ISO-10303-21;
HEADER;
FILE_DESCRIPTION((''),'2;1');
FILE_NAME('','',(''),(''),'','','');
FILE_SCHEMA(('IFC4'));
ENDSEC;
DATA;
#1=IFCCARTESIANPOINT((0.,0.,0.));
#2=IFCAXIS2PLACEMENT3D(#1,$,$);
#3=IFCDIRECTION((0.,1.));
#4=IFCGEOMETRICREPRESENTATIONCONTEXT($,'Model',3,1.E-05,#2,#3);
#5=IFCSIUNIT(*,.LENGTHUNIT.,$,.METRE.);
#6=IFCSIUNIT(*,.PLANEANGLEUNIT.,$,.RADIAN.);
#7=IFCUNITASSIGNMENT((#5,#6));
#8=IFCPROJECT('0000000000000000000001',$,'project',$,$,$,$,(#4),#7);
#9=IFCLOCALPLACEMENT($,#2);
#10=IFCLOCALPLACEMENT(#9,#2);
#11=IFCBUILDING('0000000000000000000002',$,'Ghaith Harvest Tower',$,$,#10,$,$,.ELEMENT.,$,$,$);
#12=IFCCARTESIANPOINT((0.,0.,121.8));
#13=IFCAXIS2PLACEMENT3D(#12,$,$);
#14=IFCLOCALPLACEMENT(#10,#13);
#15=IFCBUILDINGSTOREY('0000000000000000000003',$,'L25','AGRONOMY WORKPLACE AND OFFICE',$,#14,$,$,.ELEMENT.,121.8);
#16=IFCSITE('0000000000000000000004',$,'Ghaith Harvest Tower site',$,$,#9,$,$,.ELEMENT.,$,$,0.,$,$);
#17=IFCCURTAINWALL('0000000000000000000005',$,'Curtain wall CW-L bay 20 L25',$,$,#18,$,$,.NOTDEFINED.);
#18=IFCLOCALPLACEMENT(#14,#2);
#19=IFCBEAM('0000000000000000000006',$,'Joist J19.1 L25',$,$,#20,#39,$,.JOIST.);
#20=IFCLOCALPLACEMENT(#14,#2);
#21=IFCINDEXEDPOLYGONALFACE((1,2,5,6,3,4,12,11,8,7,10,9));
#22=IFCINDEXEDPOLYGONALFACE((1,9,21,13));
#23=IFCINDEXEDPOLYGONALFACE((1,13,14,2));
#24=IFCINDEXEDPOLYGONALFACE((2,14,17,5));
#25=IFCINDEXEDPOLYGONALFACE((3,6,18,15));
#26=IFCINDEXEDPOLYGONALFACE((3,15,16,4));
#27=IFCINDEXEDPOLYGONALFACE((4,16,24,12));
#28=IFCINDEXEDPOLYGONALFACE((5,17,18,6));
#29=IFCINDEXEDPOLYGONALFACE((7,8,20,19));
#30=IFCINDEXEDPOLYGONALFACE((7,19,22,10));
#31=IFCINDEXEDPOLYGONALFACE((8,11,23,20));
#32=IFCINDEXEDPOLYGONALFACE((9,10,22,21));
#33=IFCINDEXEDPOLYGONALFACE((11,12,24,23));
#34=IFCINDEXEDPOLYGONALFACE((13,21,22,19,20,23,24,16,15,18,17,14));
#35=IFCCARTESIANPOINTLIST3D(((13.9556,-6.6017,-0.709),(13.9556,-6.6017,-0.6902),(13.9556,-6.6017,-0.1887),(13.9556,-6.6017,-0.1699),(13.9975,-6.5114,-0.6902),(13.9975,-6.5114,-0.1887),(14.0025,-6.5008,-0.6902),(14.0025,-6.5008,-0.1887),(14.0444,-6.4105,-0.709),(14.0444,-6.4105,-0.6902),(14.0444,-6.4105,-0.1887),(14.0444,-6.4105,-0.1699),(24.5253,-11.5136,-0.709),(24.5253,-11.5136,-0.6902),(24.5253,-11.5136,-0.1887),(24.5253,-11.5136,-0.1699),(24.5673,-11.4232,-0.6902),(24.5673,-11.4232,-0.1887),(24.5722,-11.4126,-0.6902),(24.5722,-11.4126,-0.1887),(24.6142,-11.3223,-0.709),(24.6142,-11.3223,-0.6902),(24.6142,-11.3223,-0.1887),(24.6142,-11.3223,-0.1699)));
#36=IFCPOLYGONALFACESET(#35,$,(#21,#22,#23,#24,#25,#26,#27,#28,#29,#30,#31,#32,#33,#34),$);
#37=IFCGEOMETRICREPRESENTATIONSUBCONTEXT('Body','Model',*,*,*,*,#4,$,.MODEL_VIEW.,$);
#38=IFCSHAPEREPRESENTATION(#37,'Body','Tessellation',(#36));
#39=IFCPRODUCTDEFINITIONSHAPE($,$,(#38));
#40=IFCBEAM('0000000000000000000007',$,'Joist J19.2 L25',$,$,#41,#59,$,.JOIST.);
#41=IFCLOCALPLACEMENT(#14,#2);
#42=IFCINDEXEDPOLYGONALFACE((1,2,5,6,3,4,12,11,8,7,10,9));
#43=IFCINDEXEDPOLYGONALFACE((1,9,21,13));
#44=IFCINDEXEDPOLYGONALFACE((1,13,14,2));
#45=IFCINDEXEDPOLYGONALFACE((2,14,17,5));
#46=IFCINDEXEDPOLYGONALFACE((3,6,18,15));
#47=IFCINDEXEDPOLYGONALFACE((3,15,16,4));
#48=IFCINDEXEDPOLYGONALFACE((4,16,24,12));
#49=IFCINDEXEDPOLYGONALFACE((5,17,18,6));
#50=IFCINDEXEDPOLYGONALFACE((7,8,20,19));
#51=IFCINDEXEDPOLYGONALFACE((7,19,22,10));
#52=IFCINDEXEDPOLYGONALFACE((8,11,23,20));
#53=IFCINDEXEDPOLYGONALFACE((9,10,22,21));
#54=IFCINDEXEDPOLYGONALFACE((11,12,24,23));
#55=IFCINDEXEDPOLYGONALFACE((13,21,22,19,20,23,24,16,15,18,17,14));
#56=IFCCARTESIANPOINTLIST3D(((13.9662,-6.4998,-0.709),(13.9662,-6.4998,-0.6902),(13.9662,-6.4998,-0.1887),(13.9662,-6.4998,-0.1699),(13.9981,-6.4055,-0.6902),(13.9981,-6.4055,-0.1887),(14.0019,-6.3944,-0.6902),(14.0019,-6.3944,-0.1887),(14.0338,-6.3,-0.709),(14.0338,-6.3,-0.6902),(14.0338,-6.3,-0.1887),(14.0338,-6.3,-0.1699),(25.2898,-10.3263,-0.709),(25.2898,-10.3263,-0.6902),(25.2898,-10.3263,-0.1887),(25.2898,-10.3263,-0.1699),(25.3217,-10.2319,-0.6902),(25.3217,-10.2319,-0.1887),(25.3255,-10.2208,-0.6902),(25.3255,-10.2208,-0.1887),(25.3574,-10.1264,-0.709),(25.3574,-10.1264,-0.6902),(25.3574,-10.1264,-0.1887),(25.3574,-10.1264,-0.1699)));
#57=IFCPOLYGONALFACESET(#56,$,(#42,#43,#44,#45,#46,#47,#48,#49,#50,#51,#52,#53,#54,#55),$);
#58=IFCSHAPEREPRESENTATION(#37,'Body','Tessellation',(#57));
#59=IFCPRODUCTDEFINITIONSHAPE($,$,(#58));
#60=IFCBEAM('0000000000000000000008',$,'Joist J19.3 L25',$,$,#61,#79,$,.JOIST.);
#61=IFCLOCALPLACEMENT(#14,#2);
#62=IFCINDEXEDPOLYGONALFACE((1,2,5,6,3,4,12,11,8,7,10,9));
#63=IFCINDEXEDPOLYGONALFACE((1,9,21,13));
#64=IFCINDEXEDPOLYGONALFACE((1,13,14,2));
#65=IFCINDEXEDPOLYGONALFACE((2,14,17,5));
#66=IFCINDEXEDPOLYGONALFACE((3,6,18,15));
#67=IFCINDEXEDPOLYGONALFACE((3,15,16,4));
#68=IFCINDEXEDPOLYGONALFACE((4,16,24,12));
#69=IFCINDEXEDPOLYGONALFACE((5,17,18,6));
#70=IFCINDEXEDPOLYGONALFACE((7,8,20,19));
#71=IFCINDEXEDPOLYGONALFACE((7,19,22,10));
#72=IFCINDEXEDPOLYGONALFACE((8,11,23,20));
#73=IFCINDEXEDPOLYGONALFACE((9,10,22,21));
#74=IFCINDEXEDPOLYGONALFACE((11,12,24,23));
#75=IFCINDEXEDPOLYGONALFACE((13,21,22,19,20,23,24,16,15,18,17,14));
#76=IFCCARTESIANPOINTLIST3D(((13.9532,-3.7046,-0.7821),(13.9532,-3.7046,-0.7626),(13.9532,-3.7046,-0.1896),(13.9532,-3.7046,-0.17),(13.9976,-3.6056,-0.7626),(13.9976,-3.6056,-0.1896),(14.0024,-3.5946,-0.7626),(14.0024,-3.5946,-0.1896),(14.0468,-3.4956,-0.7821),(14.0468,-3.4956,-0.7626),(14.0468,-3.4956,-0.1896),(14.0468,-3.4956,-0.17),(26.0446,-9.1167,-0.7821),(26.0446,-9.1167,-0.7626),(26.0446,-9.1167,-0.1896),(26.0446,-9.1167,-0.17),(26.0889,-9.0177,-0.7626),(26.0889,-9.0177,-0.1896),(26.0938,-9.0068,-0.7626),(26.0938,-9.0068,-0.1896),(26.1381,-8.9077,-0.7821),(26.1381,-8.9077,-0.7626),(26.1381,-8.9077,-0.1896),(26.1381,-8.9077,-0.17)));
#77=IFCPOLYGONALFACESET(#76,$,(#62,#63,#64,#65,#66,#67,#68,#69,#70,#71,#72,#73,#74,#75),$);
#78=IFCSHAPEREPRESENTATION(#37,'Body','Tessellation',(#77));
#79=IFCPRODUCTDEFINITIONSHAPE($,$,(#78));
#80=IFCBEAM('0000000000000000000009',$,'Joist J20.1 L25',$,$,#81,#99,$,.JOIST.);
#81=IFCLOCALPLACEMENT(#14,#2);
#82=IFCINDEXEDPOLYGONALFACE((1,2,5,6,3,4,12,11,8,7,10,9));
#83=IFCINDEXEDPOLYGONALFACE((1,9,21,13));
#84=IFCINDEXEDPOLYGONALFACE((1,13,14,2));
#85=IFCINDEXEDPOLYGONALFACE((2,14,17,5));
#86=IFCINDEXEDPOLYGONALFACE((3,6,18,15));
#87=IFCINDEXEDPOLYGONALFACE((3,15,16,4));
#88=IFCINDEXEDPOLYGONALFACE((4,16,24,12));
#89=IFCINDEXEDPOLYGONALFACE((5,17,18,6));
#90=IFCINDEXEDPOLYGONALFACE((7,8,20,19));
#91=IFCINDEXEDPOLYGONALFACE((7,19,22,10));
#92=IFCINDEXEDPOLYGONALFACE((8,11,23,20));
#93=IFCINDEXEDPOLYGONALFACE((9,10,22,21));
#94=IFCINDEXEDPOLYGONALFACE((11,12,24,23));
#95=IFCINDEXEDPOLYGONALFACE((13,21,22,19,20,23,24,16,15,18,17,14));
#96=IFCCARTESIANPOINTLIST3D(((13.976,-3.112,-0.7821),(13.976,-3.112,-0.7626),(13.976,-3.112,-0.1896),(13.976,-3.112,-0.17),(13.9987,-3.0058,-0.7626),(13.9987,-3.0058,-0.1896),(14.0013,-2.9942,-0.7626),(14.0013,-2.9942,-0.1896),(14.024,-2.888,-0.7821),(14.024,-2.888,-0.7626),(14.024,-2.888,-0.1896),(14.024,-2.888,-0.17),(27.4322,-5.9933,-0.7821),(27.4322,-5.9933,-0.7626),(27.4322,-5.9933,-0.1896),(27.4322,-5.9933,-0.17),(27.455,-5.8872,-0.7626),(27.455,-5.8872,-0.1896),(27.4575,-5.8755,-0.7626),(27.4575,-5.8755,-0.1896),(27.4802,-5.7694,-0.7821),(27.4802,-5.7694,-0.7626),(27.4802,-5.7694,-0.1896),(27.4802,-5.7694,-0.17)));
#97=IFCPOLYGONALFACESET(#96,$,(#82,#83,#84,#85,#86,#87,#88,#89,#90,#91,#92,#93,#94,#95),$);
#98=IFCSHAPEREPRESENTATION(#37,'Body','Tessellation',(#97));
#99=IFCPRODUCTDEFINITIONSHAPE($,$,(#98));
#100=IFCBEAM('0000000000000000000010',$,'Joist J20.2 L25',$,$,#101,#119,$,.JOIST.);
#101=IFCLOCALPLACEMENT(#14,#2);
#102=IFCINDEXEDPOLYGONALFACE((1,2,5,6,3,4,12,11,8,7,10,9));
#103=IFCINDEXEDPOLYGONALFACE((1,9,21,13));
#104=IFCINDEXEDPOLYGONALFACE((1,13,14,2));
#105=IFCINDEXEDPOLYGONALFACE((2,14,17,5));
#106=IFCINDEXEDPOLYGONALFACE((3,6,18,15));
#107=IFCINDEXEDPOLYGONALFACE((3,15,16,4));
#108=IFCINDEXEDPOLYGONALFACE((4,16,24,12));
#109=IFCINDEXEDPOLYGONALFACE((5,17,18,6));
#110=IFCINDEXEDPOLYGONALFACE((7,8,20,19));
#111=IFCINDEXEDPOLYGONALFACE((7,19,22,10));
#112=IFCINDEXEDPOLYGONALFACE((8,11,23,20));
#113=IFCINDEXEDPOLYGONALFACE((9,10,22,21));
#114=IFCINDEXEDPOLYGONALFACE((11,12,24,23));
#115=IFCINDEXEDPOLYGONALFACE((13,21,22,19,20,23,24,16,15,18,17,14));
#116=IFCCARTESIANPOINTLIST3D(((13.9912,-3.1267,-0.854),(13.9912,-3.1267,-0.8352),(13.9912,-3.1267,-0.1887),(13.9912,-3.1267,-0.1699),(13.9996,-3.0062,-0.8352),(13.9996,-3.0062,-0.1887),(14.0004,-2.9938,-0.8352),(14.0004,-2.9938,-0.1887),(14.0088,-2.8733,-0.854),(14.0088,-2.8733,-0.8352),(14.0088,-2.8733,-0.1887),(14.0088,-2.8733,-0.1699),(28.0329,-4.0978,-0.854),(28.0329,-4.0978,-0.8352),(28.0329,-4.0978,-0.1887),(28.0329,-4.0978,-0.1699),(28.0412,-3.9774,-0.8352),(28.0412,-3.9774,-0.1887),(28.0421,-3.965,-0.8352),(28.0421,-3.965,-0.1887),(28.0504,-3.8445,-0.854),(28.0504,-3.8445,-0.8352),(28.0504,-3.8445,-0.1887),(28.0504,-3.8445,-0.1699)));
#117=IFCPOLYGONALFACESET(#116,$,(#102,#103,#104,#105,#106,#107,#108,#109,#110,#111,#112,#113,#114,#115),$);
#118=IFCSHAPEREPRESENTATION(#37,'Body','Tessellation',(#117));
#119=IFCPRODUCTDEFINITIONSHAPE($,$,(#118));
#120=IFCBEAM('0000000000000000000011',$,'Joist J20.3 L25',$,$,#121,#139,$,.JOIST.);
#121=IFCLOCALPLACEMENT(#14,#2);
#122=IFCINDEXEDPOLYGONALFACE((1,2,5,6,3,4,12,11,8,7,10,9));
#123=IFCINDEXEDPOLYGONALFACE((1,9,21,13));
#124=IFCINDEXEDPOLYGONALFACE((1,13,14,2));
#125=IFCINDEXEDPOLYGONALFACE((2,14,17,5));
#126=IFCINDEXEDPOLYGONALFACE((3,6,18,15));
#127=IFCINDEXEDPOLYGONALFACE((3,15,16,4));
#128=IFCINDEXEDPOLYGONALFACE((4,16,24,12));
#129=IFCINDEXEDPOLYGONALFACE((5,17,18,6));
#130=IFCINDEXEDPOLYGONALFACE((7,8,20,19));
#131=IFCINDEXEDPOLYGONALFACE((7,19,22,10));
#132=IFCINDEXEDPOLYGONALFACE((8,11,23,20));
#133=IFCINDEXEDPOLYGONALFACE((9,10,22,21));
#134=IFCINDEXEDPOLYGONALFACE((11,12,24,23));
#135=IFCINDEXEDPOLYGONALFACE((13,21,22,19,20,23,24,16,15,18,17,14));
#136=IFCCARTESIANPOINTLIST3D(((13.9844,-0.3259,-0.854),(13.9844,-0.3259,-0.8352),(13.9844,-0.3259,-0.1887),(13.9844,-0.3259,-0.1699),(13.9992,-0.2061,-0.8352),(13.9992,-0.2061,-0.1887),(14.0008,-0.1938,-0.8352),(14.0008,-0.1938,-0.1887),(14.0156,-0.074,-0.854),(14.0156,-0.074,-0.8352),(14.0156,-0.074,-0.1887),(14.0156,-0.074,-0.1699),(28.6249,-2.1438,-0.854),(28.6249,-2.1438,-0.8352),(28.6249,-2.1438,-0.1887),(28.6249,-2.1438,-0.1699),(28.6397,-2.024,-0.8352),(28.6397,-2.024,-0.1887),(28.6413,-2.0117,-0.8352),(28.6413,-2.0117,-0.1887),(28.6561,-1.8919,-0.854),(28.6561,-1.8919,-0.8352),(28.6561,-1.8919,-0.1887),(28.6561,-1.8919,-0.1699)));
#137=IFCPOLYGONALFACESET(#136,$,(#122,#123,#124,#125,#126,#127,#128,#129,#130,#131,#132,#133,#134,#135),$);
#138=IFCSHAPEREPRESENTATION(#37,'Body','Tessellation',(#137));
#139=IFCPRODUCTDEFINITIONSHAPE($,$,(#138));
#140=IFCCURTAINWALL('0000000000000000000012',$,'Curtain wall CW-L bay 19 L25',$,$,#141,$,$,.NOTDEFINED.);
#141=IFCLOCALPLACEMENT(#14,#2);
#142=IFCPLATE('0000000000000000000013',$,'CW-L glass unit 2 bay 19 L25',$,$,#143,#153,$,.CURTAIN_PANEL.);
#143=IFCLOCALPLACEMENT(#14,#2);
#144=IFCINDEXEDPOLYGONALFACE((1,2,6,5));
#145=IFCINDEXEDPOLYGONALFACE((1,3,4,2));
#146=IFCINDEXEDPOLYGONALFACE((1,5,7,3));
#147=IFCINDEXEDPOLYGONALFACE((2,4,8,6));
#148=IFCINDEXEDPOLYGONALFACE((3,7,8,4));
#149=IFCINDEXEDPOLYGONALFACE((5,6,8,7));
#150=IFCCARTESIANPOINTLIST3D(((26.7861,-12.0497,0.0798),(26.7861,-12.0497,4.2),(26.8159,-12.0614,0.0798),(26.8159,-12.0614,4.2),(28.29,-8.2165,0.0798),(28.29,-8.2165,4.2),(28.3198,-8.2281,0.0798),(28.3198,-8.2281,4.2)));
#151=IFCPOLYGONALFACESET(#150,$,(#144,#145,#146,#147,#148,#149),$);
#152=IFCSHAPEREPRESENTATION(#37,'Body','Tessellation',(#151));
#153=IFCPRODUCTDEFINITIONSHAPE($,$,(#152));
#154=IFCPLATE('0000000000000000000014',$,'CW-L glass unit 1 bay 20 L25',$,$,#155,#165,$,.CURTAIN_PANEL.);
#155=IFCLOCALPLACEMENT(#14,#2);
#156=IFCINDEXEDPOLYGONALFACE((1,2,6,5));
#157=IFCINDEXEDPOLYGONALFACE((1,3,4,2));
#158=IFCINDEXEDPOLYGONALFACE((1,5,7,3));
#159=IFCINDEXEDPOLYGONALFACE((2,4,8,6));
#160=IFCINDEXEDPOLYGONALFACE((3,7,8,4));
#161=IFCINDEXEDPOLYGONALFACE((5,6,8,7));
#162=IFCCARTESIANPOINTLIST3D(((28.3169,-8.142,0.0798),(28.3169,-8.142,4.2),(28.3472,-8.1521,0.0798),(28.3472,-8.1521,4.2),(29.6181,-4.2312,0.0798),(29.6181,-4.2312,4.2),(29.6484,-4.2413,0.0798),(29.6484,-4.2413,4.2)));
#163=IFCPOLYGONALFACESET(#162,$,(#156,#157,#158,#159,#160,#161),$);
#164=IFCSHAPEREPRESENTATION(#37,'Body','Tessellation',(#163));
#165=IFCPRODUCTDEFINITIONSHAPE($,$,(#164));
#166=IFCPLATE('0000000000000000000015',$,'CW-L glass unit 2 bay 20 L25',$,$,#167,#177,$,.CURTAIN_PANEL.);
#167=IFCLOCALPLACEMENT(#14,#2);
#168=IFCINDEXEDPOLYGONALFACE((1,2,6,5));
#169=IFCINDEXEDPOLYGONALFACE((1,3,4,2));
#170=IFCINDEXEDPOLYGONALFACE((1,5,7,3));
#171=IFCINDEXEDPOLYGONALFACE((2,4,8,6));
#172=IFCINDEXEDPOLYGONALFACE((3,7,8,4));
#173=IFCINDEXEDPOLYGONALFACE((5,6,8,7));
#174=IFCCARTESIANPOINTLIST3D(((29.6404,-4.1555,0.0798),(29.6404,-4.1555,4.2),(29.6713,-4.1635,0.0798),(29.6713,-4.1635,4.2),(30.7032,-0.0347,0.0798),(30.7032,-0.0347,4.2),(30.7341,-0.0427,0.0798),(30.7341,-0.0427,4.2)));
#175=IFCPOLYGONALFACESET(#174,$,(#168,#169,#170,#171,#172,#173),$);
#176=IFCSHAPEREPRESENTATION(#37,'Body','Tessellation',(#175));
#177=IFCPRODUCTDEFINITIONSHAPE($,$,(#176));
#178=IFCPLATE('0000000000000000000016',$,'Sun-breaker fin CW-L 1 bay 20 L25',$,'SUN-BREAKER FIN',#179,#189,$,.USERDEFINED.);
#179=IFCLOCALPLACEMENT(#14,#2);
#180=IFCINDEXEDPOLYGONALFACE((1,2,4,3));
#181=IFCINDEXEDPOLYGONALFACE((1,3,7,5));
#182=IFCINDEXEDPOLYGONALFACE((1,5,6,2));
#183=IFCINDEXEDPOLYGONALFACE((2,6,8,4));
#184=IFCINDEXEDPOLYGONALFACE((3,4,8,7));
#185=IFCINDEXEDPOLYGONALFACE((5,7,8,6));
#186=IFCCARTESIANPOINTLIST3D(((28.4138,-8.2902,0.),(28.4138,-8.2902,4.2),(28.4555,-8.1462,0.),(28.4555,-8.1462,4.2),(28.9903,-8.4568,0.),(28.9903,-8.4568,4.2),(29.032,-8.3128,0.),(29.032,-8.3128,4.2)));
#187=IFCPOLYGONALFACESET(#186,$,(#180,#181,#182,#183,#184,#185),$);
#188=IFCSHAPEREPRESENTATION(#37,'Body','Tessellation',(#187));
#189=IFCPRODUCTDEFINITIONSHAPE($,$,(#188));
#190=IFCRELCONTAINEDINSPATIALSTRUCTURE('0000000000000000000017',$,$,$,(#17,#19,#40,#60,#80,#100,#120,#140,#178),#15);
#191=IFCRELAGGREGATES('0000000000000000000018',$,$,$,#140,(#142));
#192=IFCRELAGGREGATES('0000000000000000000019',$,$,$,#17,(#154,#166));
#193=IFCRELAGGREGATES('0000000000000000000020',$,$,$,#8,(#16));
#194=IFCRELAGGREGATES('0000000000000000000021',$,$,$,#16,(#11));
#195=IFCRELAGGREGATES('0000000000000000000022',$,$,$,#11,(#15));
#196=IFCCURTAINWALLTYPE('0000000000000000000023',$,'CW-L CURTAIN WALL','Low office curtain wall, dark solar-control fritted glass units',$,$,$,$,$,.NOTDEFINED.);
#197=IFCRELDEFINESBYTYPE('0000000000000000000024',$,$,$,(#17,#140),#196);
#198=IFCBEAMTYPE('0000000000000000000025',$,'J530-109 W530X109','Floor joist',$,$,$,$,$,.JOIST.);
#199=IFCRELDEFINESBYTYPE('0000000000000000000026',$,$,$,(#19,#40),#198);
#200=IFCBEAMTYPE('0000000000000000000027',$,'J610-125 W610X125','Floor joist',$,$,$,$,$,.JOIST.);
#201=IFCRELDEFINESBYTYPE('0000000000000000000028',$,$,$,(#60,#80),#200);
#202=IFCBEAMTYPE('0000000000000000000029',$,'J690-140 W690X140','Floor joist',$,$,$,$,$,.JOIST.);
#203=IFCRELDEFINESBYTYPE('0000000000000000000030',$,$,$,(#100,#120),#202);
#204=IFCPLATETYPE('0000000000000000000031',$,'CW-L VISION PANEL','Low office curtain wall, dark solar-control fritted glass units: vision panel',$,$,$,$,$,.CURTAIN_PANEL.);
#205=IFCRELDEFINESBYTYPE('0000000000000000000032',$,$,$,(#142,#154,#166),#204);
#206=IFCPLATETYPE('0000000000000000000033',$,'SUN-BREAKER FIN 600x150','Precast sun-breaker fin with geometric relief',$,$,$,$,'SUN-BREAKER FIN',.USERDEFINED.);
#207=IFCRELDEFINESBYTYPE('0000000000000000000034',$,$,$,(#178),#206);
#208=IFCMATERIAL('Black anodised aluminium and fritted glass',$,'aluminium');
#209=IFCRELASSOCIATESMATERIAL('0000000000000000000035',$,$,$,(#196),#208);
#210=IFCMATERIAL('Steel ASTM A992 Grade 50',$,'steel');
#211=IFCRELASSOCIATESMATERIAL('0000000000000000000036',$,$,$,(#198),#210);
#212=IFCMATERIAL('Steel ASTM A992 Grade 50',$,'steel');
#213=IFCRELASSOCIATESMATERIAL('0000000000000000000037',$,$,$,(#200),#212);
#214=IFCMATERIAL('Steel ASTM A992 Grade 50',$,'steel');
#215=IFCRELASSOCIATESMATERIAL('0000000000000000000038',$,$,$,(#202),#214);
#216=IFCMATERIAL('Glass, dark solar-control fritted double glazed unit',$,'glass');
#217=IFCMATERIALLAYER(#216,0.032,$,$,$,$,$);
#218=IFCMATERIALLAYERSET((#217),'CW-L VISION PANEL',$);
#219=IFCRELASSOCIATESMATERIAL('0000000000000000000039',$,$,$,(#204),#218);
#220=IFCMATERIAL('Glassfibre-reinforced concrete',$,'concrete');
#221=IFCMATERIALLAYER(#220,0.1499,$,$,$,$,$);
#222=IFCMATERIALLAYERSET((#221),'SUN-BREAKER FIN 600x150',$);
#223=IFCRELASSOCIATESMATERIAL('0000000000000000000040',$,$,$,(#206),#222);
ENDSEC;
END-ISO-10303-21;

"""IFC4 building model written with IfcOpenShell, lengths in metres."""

from ifc_helpers import new_model, si_unit, direction, frame, origin, origin_2d, place, context, subcontext, project, spatial, rectangle, i_section, extrude, material, layer, layer_set, material_profile, profile_set, type_object, element, aggregate, save


model = new_model("IFC4")

# Units and contexts
model_context = context("Model", 3, precision=1e-05, world=origin(), true_north=direction((0.0, 1.0)))
body_context = subcontext(model_context, "Body", "Model", "MODEL_VIEW")
ifc_project = project(units=[si_unit("LENGTHUNIT", "METRE"), si_unit("PLANEANGLEUNIT", "RADIAN")], contexts=[model_context])

# Site, building, storey
site_placement = place(None, origin())
site = spatial("IfcSite", under=ifc_project, at=site_placement, Name="Ghaith Harvest Tower site", CompositionType="ELEMENT", RefElevation=0.0)
building_placement = place(site_placement, origin())
building = spatial("IfcBuilding", under=site, at=building_placement, Name="Ghaith Harvest Tower", CompositionType="ELEMENT")
storey_placement = place(building_placement, frame((0.0, 0.0, 121.8)))
storey = spatial("IfcBuildingStorey", under=building, at=storey_placement, Name="L25", Description="AGRONOMY WORKPLACE AND OFFICE", CompositionType="ELEMENT", Elevation=121.8)

# Curtain wall
ifc_material_1 = material(Name="Black anodised aluminium and fritted glass", Category="aluminium")
curtain_wall_type = type_object("IfcCurtainWallType", Name="CW-L CURTAIN WALL", Description="Low office curtain wall, dark solar-control fritted glass units", PredefinedType="NOTDEFINED", material=ifc_material_1)
curtain_wall_1_placement = place(storey_placement, origin())
curtain_wall_1 = element("IfcCurtainWall", 1, at=curtain_wall_1_placement, inside=storey, type_object=curtain_wall_type, Name="Curtain wall CW-L bay 20 L25", PredefinedType="NOTDEFINED")

# Beams
ifc_material_2 = material(Name="Steel ASTM A992 Grade 50", Category="steel")
ifc_material_profile_1 = material_profile(ifc_material_2, i_section(OverallWidth=0.2109, OverallDepth=0.5391, WebThickness=0.0117, FlangeThickness=0.0188, at=origin_2d()), Name="W530X109")
ifc_profile_set_1 = profile_set([ifc_material_profile_1], Name="Steel ASTM A992 Grade 50")
beam_type_1 = type_object("IfcBeamType", Name="J530-109 W530X109", Description="Floor joist", PredefinedType="JOIST", material=ifc_profile_set_1)
beam_1_placement = place(storey_placement, frame((14.0, -6.5061, -0.4395), z_axis=(0.906863, -0.421425, 0.0), x_axis=(0.421425, 0.906863, 0.0)))
element("IfcBeam", 2, at=beam_1_placement, inside=storey, type_object=beam_type_1, Name="Joist J19.1 L25", PredefinedType="JOIST", context=body_context, shape_type="SweptSolid", body=[
    extrude(i_section(OverallWidth=0.2109, OverallDepth=0.5391, WebThickness=0.0117, FlangeThickness=0.0188, at=origin_2d()), origin(), (0.0, 0.0, 1.0), 11.6553),
])
beam_2_placement = place(storey_placement, frame((14.0, -6.3999, -0.4395), z_axis=(0.947372, -0.320135, 0.0), x_axis=(0.320135, 0.947372, 0.0)))
element("IfcBeam", 3, at=beam_2_placement, inside=storey, type_object=beam_type_1, Name="Joist J19.2 L25", PredefinedType="JOIST", context=body_context, shape_type="SweptSolid", body=[
    extrude(i_section(OverallWidth=0.2109, OverallDepth=0.5391, WebThickness=0.0117, FlangeThickness=0.0188, at=origin_2d()), origin(), (0.0, 0.0, 1.0), 11.9526),
])
ifc_material_3 = material(Name="Steel ASTM A992 Grade 50", Category="steel")
ifc_material_profile_2 = material_profile(ifc_material_3, i_section(OverallWidth=0.229, OverallDepth=0.6121, WebThickness=0.012, FlangeThickness=0.0195, at=origin_2d()), Name="W610X125")
ifc_profile_set_2 = profile_set([ifc_material_profile_2], Name="Steel ASTM A992 Grade 50")
beam_type_2 = type_object("IfcBeamType", Name="J610-125 W610X125", Description="Floor joist", PredefinedType="JOIST", material=ifc_profile_set_2)
beam_3_placement = place(storey_placement, frame((14.0, -3.6001, -0.4761), z_axis=(0.912738, -0.408545, 0.0), x_axis=(0.408545, 0.912738, 0.0)))
element("IfcBeam", 4, at=beam_3_placement, inside=storey, type_object=beam_type_2, Name="Joist J19.3 L25", PredefinedType="JOIST", context=body_context, shape_type="SweptSolid", body=[
    extrude(i_section(OverallWidth=0.229, OverallDepth=0.6121, WebThickness=0.012, FlangeThickness=0.0195, at=origin_2d()), origin(), (0.0, 0.0, 1.0), 13.2473),
])
beam_4_placement = place(storey_placement, frame((14.0, -3.0, -0.4761), z_axis=(0.977834, -0.20938, 0.0), x_axis=(0.20938, 0.977834, 0.0)))
element("IfcBeam", 5, at=beam_4_placement, inside=storey, type_object=beam_type_2, Name="Joist J20.1 L25", PredefinedType="JOIST", context=body_context, shape_type="SweptSolid", body=[
    extrude(i_section(OverallWidth=0.229, OverallDepth=0.6121, WebThickness=0.012, FlangeThickness=0.0195, at=origin_2d()), origin(), (0.0, 0.0, 1.0), 13.7612),
])
ifc_material_4 = material(Name="Steel ASTM A992 Grade 50", Category="steel")
ifc_material_profile_3 = material_profile(ifc_material_4, i_section(OverallWidth=0.2539, OverallDepth=0.6841, WebThickness=0.0125, FlangeThickness=0.0188, at=origin_2d()), Name="W690X140")
ifc_profile_set_3 = profile_set([ifc_material_profile_3], Name="Steel ASTM A992 Grade 50")
beam_type_3 = type_object("IfcBeamType", Name="J690-140 W690X140", Description="Floor joist", PredefinedType="JOIST", material=ifc_profile_set_3)
beam_5_placement = place(storey_placement, frame((14.0, -3.0, -0.512), z_axis=(0.997617, -0.069, 0.0), x_axis=(0.069, 0.997617, 0.0)))
element("IfcBeam", 6, at=beam_5_placement, inside=storey, type_object=beam_type_3, Name="Joist J20.2 L25", PredefinedType="JOIST", context=body_context, shape_type="SweptSolid", body=[
    extrude(i_section(OverallWidth=0.2539, OverallDepth=0.6841, WebThickness=0.0125, FlangeThickness=0.0188, at=origin_2d()), origin(), (0.0, 0.0, 1.0), 14.0752),
])
beam_6_placement = place(storey_placement, frame((14.0, -0.2, -0.512), z_axis=(0.992379, -0.123222, 0.0), x_axis=(0.123222, 0.992379, 0.0)))
element("IfcBeam", 7, at=beam_6_placement, inside=storey, type_object=beam_type_3, Name="Joist J20.3 L25", PredefinedType="JOIST", context=body_context, shape_type="SweptSolid", body=[
    extrude(i_section(OverallWidth=0.2539, OverallDepth=0.6841, WebThickness=0.0125, FlangeThickness=0.0188, at=origin_2d()), origin(), (0.0, 0.0, 1.0), 14.7529),
])

# Curtain wall, plate
curtain_wall_2_placement = place(storey_placement, origin())
curtain_wall_2 = element("IfcCurtainWall", 8, at=curtain_wall_2_placement, inside=storey, type_object=curtain_wall_type, Name="Curtain wall CW-L bay 19 L25", PredefinedType="NOTDEFINED")
ifc_material_5 = material(Name="Glass, dark solar-control fritted double glazed unit", Category="glass")
ifc_layer_1 = layer(ifc_material_5, 0.032)
ifc_layer_set_1 = layer_set([ifc_layer_1], Name="CW-L VISION PANEL")
plate_type_1 = type_object("IfcPlateType", Name="CW-L VISION PANEL", Description="Low office curtain wall, dark solar-control fritted glass units: vision panel", PredefinedType="CURTAIN_PANEL", material=ifc_layer_set_1)
plate_1_placement = place(storey_placement, frame((27.553, -10.1389, 0.0798), z_axis=(0.0, 0.0, 1.0), x_axis=(0.365226, 0.930919, 0.0)))
plate_1 = element("IfcPlate", 9, at=plate_1_placement, type_object=plate_type_1, Name="CW-L glass unit 2 bay 19 L25", PredefinedType="CURTAIN_PANEL", context=body_context, shape_type="SweptSolid", body=[
    extrude(rectangle(XDim=4.1177, YDim=0.032, at=origin_2d()), origin(), (0.0, 0.0, 1.0), 4.1201),
])
aggregate(curtain_wall_2, [plate_1])

# Plates
plate_2_placement = place(storey_placement, frame((28.9827, -6.1917, 0.0798), z_axis=(0.0, 0.0, 1.0), x_axis=(0.315708, 0.948856, 0.0)))
plate_2 = element("IfcPlate", 10, at=plate_2_placement, type_object=plate_type_1, Name="CW-L glass unit 1 bay 20 L25", PredefinedType="CURTAIN_PANEL", context=body_context, shape_type="SweptSolid", body=[
    extrude(rectangle(XDim=4.1216, YDim=0.032, at=origin_2d()), origin(), (0.0, 0.0, 1.0), 4.1201),
])
plate_3_placement = place(storey_placement, frame((30.1873, -2.0991, 0.0798), z_axis=(0.0, 0.0, 1.0), x_axis=(0.249744, 0.968312, 0.0)))
plate_3 = element("IfcPlate", 11, at=plate_3_placement, type_object=plate_type_1, Name="CW-L glass unit 2 bay 20 L25", PredefinedType="CURTAIN_PANEL", context=body_context, shape_type="SweptSolid", body=[
    extrude(rectangle(XDim=4.2556, YDim=0.032, at=origin_2d()), origin(), (0.0, 0.0, 1.0), 4.1201),
])
aggregate(curtain_wall_1, [plate_2, plate_3])
ifc_material_6 = material(Name="Glassfibre-reinforced concrete", Category="concrete")
ifc_layer_2 = layer(ifc_material_6, 0.1499)
ifc_layer_set_2 = layer_set([ifc_layer_2], Name="SUN-BREAKER FIN 600x150")
plate_type_2 = type_object("IfcPlateType", Name="SUN-BREAKER FIN 600x150", Description="Precast sun-breaker fin with geometric relief", ElementType="SUN-BREAKER FIN", PredefinedType="USERDEFINED", material=ifc_layer_set_2)
plate_4_placement = place(storey_placement, frame((28.7229, -8.3015, 0.0), z_axis=(0.0, 0.0, 1.0), x_axis=(0.96068, -0.277657, 0.0)))
element("IfcPlate", 12, at=plate_4_placement, inside=storey, type_object=plate_type_2, Name="Sun-breaker fin CW-L 1 bay 20 L25", ObjectType="SUN-BREAKER FIN", PredefinedType="USERDEFINED", context=body_context, shape_type="SweptSolid", body=[
    extrude(rectangle(XDim=0.6001, YDim=0.1499, at=origin_2d()), origin(), (0.0, 0.0, 1.0), 4.2),
])

save(model, "model.ifc")
